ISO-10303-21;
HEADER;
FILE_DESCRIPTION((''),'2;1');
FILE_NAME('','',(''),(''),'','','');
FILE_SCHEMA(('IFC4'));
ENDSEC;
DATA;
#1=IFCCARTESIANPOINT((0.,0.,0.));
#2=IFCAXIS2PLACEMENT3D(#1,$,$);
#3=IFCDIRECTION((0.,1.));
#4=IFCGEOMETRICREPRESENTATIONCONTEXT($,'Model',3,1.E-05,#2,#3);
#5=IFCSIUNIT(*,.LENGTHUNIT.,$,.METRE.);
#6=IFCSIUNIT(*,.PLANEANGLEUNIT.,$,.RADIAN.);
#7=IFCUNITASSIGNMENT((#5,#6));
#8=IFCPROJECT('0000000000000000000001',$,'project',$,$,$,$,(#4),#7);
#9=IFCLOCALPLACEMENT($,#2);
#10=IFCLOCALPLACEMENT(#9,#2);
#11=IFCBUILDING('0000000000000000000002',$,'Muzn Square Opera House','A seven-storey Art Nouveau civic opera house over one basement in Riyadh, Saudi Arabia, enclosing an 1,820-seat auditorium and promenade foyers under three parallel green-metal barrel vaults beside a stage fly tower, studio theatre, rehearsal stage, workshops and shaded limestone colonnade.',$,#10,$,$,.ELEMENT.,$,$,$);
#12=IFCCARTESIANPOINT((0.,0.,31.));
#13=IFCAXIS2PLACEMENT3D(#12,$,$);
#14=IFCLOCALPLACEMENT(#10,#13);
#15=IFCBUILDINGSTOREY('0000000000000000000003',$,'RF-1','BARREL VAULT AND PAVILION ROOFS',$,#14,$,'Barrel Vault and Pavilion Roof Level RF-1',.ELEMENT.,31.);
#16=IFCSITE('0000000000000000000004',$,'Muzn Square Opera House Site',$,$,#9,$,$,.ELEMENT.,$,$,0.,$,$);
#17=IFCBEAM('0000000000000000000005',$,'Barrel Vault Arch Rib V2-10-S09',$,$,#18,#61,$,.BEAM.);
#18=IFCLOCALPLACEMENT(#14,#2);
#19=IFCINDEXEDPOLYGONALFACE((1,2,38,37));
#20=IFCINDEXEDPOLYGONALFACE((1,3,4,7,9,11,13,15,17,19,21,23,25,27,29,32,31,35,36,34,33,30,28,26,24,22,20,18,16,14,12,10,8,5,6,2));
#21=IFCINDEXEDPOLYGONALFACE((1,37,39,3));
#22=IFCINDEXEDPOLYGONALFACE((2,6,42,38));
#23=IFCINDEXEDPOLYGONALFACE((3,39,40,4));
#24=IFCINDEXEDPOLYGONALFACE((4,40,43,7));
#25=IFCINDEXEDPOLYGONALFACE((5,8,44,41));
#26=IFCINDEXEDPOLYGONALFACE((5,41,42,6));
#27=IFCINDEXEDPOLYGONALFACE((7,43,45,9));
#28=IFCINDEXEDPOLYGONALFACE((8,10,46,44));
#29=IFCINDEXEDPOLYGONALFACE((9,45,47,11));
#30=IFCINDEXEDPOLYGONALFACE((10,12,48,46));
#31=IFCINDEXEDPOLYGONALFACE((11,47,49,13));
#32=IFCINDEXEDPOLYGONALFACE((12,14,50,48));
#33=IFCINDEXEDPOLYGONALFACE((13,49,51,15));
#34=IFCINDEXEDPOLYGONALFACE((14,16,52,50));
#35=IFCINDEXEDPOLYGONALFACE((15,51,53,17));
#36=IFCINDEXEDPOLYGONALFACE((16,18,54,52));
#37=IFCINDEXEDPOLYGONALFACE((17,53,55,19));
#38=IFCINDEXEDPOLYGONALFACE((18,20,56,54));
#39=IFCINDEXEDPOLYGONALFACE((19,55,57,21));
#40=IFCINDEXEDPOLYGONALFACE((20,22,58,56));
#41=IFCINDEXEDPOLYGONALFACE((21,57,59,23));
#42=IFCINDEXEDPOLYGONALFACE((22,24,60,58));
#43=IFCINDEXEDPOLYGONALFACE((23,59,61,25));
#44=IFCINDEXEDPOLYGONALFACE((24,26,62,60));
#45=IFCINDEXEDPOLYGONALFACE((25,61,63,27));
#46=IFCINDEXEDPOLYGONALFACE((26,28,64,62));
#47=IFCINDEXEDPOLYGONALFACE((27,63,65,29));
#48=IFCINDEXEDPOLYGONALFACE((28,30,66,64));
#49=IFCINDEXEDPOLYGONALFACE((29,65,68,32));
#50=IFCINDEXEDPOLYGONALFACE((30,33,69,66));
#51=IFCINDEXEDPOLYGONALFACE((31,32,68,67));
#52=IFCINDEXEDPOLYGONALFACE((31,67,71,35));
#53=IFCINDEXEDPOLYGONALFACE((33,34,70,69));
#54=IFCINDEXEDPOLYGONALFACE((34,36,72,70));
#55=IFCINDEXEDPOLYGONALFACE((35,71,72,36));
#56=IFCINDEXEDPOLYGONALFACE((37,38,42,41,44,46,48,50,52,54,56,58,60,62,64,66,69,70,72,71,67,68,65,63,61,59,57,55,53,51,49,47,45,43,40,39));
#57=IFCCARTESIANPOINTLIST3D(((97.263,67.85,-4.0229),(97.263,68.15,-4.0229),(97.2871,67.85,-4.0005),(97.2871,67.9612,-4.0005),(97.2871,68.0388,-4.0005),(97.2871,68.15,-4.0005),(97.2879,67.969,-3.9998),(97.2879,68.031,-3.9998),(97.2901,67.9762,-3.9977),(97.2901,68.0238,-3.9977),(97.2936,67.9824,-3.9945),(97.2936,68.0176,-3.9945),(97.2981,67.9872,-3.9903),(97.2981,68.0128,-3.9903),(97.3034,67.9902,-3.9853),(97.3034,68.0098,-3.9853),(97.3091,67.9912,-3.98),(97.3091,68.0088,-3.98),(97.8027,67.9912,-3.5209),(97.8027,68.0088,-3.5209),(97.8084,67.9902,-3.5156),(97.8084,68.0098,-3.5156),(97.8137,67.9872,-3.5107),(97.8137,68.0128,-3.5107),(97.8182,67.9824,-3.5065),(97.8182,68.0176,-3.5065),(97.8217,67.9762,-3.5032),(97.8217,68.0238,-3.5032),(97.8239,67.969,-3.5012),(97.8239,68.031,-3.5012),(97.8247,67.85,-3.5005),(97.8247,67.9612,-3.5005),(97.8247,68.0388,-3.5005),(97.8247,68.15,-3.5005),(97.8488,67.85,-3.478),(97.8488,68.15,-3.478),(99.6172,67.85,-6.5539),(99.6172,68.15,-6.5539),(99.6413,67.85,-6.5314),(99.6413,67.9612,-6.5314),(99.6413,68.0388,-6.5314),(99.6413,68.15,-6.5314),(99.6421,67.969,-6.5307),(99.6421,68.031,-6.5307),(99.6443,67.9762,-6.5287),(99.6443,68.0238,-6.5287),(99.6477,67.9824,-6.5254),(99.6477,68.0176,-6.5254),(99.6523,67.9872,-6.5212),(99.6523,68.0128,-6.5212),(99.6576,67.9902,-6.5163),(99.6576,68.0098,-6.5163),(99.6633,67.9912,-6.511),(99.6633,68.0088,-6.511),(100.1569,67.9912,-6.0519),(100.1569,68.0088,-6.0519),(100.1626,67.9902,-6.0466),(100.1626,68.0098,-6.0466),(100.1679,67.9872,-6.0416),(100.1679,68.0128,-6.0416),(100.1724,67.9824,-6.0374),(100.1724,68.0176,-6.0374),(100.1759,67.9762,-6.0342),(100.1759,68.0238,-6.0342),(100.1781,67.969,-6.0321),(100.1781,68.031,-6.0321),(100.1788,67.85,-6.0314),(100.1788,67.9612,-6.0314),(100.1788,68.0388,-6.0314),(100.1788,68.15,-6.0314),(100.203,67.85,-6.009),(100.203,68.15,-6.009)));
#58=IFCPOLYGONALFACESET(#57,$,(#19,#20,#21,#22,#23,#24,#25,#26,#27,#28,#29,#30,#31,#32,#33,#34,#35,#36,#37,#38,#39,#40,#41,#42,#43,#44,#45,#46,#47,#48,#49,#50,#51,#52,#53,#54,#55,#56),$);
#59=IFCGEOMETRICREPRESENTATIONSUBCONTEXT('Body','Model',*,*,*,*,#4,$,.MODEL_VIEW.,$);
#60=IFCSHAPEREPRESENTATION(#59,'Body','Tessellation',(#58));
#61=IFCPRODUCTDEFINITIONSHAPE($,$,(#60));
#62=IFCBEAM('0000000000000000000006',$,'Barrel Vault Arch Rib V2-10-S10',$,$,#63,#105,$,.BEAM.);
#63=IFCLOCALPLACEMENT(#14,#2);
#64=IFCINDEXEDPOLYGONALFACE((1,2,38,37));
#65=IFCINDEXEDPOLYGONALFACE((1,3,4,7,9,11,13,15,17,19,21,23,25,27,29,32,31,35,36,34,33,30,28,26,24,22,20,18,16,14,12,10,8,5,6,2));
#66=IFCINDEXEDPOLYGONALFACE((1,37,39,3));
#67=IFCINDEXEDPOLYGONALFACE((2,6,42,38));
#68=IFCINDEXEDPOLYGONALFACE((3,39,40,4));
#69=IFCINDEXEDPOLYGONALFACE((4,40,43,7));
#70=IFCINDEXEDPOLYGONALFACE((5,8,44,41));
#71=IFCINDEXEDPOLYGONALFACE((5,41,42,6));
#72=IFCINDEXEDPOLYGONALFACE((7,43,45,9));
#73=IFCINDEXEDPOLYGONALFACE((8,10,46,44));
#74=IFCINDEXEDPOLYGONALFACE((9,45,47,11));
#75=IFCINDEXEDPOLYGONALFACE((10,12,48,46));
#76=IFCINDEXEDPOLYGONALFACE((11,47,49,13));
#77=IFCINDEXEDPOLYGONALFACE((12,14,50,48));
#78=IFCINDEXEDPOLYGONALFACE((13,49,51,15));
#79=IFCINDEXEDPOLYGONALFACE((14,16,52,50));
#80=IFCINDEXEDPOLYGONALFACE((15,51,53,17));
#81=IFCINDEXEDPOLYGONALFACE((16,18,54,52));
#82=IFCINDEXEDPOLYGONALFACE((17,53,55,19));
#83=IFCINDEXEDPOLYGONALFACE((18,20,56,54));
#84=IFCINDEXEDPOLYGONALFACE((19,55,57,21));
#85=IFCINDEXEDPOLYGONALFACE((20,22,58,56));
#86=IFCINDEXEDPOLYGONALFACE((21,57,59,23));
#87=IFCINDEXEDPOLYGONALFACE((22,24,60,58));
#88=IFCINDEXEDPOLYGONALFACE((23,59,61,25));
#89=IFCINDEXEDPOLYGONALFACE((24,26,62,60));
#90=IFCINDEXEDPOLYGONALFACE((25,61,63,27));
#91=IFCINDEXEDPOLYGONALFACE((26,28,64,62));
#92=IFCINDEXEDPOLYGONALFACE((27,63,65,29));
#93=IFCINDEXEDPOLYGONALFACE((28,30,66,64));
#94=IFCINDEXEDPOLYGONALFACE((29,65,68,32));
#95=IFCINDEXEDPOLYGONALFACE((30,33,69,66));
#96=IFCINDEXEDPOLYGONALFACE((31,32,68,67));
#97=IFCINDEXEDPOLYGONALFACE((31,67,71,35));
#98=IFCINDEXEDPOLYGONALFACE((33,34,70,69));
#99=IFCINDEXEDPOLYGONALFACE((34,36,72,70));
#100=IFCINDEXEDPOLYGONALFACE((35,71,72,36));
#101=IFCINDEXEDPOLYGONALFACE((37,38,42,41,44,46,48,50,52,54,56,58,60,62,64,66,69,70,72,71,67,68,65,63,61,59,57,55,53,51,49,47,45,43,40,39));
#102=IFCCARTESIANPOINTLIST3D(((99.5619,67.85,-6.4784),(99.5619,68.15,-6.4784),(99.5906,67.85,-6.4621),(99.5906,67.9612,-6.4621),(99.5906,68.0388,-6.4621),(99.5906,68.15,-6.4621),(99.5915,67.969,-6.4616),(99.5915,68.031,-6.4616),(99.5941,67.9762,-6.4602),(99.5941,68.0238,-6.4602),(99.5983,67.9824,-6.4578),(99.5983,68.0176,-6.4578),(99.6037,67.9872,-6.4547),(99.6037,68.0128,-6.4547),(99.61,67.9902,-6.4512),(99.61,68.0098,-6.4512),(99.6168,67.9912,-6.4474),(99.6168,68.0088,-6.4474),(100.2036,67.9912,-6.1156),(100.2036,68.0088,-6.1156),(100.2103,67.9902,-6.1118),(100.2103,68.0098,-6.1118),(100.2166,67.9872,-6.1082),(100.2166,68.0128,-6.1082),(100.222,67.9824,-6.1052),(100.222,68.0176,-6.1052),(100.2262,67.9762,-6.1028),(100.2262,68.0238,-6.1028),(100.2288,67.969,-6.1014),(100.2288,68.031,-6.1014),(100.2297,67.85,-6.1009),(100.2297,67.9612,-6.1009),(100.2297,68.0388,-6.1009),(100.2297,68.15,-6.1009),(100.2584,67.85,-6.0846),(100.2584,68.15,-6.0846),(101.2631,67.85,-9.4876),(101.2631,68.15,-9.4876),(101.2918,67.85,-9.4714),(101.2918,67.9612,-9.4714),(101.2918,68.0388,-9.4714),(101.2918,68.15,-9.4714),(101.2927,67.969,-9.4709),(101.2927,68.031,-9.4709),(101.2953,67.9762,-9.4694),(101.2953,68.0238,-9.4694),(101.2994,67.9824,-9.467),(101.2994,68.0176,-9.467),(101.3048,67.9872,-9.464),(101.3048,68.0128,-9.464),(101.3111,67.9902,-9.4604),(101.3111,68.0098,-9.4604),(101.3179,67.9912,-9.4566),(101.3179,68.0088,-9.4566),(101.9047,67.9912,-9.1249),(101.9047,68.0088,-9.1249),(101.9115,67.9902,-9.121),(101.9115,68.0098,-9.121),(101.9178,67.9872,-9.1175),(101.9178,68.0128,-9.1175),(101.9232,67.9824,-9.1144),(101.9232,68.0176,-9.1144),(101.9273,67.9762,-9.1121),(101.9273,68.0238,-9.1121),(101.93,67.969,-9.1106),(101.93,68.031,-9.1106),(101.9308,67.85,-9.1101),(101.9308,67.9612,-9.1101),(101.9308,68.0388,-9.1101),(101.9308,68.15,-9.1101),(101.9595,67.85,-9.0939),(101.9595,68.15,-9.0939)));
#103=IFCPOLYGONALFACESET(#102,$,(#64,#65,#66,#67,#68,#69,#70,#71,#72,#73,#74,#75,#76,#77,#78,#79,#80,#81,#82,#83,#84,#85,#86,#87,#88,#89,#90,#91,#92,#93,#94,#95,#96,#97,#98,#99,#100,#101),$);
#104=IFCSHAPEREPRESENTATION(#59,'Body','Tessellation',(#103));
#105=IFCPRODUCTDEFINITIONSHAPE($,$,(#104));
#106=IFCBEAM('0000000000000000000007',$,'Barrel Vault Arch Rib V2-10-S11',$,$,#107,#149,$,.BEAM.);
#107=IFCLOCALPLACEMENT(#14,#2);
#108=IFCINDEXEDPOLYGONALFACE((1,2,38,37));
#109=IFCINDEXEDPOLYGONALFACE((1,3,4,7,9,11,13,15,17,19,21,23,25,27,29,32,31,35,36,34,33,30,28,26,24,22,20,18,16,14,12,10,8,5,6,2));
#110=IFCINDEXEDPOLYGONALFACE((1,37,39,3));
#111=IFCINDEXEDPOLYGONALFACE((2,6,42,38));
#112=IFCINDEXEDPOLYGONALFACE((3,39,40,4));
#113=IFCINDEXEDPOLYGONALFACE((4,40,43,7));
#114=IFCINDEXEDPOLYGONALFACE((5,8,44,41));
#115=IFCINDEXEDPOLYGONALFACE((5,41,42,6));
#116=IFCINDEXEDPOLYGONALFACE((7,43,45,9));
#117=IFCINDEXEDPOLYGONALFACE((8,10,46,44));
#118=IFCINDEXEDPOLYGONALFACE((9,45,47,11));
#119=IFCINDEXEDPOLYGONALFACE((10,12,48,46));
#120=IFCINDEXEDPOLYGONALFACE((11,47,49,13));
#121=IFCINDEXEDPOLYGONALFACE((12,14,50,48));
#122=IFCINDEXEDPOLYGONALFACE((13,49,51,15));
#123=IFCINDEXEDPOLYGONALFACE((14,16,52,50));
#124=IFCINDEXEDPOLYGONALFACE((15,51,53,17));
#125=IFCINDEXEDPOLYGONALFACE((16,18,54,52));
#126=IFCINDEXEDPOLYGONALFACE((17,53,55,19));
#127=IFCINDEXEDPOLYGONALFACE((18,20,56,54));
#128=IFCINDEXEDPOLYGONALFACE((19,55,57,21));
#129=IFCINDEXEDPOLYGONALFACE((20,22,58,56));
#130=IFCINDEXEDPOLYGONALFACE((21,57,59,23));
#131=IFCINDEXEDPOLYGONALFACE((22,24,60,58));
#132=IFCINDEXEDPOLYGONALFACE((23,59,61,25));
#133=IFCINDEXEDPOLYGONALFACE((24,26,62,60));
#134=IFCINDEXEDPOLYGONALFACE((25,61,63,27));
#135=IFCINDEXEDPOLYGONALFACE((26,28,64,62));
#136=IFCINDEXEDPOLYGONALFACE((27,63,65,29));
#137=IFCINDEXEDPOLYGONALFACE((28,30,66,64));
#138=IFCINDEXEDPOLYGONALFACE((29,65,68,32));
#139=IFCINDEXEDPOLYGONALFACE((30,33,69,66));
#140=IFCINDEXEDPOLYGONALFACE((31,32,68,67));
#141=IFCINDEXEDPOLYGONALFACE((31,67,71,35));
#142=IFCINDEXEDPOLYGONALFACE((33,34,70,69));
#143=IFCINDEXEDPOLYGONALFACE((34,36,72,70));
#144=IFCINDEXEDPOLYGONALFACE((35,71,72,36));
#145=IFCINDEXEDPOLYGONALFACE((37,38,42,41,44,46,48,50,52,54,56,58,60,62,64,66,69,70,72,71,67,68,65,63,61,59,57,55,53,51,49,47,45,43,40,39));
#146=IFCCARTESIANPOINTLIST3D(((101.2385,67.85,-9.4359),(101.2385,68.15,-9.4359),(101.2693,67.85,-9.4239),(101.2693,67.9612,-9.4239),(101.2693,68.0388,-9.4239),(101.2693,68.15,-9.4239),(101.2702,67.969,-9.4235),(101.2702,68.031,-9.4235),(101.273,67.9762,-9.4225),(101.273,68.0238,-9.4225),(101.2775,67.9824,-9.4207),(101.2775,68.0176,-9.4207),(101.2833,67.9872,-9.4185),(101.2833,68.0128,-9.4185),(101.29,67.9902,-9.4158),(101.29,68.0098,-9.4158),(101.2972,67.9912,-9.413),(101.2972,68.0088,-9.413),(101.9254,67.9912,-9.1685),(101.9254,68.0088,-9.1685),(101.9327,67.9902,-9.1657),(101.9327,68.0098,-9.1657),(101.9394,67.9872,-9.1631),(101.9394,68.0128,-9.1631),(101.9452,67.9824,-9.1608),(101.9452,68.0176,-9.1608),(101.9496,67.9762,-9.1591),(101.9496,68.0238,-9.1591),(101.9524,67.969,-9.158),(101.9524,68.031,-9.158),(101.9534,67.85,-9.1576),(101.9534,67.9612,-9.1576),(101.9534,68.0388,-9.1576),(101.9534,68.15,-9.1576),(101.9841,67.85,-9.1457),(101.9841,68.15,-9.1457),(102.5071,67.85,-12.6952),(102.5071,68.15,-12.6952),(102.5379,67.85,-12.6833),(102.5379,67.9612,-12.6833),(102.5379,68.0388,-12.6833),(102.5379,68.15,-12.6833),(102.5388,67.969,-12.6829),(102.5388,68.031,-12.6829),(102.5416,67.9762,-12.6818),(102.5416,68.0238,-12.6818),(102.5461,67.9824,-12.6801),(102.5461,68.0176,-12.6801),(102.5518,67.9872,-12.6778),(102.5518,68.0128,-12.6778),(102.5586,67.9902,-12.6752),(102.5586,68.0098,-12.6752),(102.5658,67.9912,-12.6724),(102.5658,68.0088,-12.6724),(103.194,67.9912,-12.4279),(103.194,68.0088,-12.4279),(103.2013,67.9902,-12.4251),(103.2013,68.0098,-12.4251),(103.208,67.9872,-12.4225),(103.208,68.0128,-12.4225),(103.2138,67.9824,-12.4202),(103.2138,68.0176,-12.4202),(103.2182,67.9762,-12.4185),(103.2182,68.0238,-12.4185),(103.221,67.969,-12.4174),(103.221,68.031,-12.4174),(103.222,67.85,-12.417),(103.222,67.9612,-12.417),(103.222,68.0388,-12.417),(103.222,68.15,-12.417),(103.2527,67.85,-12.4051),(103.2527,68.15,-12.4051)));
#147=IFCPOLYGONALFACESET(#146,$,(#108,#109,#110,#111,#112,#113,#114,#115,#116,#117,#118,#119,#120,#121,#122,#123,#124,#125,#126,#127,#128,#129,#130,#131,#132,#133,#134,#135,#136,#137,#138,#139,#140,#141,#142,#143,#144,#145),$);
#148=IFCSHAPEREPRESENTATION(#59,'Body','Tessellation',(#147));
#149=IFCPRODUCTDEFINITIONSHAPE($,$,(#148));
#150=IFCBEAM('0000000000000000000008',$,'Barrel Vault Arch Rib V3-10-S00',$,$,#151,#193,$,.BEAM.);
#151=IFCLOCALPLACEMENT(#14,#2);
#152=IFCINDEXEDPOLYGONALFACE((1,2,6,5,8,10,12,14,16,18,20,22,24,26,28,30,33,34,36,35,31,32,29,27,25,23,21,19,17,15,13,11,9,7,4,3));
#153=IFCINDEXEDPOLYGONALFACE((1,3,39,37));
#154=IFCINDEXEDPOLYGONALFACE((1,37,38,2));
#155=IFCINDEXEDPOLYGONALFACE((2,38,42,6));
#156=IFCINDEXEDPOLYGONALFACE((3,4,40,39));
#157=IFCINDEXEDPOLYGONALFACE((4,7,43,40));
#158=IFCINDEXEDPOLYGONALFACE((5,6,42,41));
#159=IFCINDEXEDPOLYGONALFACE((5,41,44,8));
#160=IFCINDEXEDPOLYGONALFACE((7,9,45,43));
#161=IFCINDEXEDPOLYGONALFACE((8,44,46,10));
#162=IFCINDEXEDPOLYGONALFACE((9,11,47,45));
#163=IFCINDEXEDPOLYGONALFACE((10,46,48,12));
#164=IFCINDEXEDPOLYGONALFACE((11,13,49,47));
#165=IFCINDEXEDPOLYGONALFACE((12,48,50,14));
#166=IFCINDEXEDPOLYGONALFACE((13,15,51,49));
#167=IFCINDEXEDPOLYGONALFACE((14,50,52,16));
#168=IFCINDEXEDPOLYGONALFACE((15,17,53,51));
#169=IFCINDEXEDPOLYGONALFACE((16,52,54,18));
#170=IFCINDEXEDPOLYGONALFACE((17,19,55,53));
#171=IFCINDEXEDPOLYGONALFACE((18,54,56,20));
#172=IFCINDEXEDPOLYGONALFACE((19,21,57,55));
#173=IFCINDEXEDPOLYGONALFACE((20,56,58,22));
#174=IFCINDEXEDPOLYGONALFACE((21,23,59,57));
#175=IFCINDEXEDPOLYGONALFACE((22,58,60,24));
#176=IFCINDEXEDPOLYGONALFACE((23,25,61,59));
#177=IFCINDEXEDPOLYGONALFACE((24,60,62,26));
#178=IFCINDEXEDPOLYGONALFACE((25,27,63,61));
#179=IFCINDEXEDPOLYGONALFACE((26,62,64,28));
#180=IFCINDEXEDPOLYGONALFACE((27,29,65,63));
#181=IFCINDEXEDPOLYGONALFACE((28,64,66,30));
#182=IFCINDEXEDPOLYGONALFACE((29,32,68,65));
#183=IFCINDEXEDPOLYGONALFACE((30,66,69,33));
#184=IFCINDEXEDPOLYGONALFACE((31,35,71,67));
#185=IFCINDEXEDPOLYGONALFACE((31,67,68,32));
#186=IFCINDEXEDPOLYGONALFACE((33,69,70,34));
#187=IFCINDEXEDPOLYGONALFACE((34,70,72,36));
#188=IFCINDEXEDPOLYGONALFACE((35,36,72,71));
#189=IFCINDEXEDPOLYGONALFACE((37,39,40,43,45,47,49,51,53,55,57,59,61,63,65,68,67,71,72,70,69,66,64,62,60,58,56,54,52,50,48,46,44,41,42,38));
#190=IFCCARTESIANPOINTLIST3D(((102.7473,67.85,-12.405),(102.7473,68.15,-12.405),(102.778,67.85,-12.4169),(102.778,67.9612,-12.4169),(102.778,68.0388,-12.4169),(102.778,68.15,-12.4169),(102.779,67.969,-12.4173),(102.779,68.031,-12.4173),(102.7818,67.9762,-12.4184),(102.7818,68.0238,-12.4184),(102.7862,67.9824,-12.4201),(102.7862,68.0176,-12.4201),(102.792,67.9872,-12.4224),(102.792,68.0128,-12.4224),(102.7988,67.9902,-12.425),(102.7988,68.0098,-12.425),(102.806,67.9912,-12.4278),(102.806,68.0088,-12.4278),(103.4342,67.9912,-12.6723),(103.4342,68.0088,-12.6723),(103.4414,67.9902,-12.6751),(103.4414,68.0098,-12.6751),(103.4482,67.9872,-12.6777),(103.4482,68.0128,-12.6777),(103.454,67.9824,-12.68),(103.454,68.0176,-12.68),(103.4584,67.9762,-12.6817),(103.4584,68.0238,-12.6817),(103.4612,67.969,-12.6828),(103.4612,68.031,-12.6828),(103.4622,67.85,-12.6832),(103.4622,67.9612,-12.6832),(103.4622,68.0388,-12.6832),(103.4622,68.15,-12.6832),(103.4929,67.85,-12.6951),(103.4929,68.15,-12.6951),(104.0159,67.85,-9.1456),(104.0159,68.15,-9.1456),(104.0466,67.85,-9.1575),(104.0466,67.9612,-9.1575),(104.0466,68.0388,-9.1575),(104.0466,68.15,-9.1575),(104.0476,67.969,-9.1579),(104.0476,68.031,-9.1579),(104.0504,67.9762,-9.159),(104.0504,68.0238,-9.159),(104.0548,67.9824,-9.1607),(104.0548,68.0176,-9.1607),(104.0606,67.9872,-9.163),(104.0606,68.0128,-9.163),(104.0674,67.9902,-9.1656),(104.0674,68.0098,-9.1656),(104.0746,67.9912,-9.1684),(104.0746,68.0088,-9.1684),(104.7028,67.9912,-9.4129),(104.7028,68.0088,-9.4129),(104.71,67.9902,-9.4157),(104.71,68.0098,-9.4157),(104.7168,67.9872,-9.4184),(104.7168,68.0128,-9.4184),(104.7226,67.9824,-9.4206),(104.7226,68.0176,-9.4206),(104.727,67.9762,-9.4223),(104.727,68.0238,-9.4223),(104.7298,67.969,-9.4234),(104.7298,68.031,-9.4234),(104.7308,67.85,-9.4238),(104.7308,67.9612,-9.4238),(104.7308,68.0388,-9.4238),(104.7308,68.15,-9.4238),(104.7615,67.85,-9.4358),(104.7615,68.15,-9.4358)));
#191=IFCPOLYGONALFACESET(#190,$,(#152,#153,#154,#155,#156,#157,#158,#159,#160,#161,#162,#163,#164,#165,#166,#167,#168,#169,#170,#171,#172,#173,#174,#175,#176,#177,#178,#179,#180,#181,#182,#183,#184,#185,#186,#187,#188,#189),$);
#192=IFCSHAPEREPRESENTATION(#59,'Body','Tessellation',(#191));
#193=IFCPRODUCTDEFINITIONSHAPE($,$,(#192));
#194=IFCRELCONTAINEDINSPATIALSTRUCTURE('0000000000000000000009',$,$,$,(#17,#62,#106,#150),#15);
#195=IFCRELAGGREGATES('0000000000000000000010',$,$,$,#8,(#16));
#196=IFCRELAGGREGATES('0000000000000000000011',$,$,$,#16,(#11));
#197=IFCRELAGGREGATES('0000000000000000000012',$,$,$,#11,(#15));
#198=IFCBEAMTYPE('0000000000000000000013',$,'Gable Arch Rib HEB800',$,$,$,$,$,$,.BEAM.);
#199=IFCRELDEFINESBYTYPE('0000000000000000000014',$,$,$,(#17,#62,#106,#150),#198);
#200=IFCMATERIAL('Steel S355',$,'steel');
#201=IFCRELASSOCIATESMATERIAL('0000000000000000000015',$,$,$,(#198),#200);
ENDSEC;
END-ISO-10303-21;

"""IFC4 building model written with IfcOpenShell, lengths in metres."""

from ifc_helpers import new_model, si_unit, direction, frame, origin, origin_2d, place, context, subcontext, project, spatial, i_section, extrude, material, material_profile, profile_set, type_object, element, save


model = new_model("IFC4")

# Units and contexts
model_context = context("Model", 3, precision=1e-05, world=origin(), true_north=direction((0.0, 1.0)))
body_context = subcontext(model_context, "Body", "Model", "MODEL_VIEW")
ifc_project = project(units=[si_unit("LENGTHUNIT", "METRE"), si_unit("PLANEANGLEUNIT", "RADIAN")], contexts=[model_context])

# Site, building, storey
site_placement = place(None, origin())
site = spatial("IfcSite", under=ifc_project, at=site_placement, Name="Muzn Square Opera House Site", CompositionType="ELEMENT", RefElevation=0.0)
building_placement = place(site_placement, origin())
building = spatial("IfcBuilding", under=site, at=building_placement, Name="Muzn Square Opera House", Description="A seven-storey Art Nouveau civic opera house over one basement in Riyadh, Saudi Arabia, enclosing an 1,820-seat auditorium and promenade foyers under three parallel green-metal barrel vaults beside a stage fly tower, studio theatre, rehearsal stage, workshops and shaded limestone colonnade.", CompositionType="ELEMENT")
storey_placement = place(building_placement, frame((0.0, 0.0, 31.0)))
storey = spatial("IfcBuildingStorey", under=building, at=storey_placement, Name="RF-1", Description="BARREL VAULT AND PAVILION ROOFS", LongName="Barrel Vault and Pavilion Roof Level RF-1", CompositionType="ELEMENT", Elevation=31.0)

# Beams
ifc_material_1 = material(Name="Steel S355", Category="steel")
ifc_material_profile_1 = material_profile(ifc_material_1, i_section(OverallWidth=0.3, OverallDepth=0.8, WebThickness=0.0176, FlangeThickness=0.033, FilletRadius=0.03, at=origin_2d()), Name="HEB 800", Category="steel")
ifc_profile_set_1 = profile_set([ifc_material_profile_1], Name="Steel S355")
beam_type_1 = type_object("IfcBeamType", Name="Gable Arch Rib HEB800", PredefinedType="BEAM", material=ifc_profile_set_1)
beam_1_placement = place(storey_placement, frame((97.5559, 68.0, -3.7505), z_axis=(0.681077, 0.0, -0.732212), x_axis=(0.0, 1.0, 0.0)))
element("IfcBeam", 1, at=beam_1_placement, inside=storey, type_object=beam_type_1, Name="Barrel Vault Arch Rib V2-10-S09", PredefinedType="BEAM", context=body_context, shape_type="SweptSolid", body=[
    extrude(i_section(OverallWidth=0.3, OverallDepth=0.8, WebThickness=0.0176, FlangeThickness=0.033, FilletRadius=0.03, at=origin_2d()), origin(), (0.0, 0.0, 1.0), 3.4565),
])
beam_2_placement = place(storey_placement, frame((99.9102, 68.0, -6.2815), z_axis=(0.492118, 0.0, -0.870529), x_axis=(0.0, 1.0, 0.0)))
element("IfcBeam", 2, at=beam_2_placement, inside=storey, type_object=beam_type_1, Name="Barrel Vault Arch Rib V2-10-S10", PredefinedType="BEAM", context=body_context, shape_type="SweptSolid", body=[
    extrude(i_section(OverallWidth=0.3, OverallDepth=0.8, WebThickness=0.0176, FlangeThickness=0.033, FilletRadius=0.03, at=origin_2d()), origin(), (0.0, 0.0, 1.0), 3.4568),
])
for number, where, z_axis, x_axis, name in (
    (3, (101.6113, 68.0, -9.2908), (0.362709, 0.0, -0.931902), (0.0, 1.0, 0.0), "Barrel Vault Arch Rib V2-10-S11"),
    (4, (103.1201, 68.0, -12.55), (0.362709, 0.0, 0.931902), (0.0, 1.0, 0.0), "Barrel Vault Arch Rib V3-10-S00"),
):
    element("IfcBeam", number, at=place(storey_placement, frame(where, z_axis=z_axis, x_axis=x_axis)), inside=storey, type_object=beam_type_1, Name=name, PredefinedType="BEAM", context=body_context, shape_type="SweptSolid", body=[
        extrude(i_section(OverallWidth=0.3, OverallDepth=0.8, WebThickness=0.0176, FlangeThickness=0.033, FilletRadius=0.03, at=origin_2d()), origin(), (0.0, 0.0, 1.0), 3.4976),
    ])

save(model, "model.ifc")
